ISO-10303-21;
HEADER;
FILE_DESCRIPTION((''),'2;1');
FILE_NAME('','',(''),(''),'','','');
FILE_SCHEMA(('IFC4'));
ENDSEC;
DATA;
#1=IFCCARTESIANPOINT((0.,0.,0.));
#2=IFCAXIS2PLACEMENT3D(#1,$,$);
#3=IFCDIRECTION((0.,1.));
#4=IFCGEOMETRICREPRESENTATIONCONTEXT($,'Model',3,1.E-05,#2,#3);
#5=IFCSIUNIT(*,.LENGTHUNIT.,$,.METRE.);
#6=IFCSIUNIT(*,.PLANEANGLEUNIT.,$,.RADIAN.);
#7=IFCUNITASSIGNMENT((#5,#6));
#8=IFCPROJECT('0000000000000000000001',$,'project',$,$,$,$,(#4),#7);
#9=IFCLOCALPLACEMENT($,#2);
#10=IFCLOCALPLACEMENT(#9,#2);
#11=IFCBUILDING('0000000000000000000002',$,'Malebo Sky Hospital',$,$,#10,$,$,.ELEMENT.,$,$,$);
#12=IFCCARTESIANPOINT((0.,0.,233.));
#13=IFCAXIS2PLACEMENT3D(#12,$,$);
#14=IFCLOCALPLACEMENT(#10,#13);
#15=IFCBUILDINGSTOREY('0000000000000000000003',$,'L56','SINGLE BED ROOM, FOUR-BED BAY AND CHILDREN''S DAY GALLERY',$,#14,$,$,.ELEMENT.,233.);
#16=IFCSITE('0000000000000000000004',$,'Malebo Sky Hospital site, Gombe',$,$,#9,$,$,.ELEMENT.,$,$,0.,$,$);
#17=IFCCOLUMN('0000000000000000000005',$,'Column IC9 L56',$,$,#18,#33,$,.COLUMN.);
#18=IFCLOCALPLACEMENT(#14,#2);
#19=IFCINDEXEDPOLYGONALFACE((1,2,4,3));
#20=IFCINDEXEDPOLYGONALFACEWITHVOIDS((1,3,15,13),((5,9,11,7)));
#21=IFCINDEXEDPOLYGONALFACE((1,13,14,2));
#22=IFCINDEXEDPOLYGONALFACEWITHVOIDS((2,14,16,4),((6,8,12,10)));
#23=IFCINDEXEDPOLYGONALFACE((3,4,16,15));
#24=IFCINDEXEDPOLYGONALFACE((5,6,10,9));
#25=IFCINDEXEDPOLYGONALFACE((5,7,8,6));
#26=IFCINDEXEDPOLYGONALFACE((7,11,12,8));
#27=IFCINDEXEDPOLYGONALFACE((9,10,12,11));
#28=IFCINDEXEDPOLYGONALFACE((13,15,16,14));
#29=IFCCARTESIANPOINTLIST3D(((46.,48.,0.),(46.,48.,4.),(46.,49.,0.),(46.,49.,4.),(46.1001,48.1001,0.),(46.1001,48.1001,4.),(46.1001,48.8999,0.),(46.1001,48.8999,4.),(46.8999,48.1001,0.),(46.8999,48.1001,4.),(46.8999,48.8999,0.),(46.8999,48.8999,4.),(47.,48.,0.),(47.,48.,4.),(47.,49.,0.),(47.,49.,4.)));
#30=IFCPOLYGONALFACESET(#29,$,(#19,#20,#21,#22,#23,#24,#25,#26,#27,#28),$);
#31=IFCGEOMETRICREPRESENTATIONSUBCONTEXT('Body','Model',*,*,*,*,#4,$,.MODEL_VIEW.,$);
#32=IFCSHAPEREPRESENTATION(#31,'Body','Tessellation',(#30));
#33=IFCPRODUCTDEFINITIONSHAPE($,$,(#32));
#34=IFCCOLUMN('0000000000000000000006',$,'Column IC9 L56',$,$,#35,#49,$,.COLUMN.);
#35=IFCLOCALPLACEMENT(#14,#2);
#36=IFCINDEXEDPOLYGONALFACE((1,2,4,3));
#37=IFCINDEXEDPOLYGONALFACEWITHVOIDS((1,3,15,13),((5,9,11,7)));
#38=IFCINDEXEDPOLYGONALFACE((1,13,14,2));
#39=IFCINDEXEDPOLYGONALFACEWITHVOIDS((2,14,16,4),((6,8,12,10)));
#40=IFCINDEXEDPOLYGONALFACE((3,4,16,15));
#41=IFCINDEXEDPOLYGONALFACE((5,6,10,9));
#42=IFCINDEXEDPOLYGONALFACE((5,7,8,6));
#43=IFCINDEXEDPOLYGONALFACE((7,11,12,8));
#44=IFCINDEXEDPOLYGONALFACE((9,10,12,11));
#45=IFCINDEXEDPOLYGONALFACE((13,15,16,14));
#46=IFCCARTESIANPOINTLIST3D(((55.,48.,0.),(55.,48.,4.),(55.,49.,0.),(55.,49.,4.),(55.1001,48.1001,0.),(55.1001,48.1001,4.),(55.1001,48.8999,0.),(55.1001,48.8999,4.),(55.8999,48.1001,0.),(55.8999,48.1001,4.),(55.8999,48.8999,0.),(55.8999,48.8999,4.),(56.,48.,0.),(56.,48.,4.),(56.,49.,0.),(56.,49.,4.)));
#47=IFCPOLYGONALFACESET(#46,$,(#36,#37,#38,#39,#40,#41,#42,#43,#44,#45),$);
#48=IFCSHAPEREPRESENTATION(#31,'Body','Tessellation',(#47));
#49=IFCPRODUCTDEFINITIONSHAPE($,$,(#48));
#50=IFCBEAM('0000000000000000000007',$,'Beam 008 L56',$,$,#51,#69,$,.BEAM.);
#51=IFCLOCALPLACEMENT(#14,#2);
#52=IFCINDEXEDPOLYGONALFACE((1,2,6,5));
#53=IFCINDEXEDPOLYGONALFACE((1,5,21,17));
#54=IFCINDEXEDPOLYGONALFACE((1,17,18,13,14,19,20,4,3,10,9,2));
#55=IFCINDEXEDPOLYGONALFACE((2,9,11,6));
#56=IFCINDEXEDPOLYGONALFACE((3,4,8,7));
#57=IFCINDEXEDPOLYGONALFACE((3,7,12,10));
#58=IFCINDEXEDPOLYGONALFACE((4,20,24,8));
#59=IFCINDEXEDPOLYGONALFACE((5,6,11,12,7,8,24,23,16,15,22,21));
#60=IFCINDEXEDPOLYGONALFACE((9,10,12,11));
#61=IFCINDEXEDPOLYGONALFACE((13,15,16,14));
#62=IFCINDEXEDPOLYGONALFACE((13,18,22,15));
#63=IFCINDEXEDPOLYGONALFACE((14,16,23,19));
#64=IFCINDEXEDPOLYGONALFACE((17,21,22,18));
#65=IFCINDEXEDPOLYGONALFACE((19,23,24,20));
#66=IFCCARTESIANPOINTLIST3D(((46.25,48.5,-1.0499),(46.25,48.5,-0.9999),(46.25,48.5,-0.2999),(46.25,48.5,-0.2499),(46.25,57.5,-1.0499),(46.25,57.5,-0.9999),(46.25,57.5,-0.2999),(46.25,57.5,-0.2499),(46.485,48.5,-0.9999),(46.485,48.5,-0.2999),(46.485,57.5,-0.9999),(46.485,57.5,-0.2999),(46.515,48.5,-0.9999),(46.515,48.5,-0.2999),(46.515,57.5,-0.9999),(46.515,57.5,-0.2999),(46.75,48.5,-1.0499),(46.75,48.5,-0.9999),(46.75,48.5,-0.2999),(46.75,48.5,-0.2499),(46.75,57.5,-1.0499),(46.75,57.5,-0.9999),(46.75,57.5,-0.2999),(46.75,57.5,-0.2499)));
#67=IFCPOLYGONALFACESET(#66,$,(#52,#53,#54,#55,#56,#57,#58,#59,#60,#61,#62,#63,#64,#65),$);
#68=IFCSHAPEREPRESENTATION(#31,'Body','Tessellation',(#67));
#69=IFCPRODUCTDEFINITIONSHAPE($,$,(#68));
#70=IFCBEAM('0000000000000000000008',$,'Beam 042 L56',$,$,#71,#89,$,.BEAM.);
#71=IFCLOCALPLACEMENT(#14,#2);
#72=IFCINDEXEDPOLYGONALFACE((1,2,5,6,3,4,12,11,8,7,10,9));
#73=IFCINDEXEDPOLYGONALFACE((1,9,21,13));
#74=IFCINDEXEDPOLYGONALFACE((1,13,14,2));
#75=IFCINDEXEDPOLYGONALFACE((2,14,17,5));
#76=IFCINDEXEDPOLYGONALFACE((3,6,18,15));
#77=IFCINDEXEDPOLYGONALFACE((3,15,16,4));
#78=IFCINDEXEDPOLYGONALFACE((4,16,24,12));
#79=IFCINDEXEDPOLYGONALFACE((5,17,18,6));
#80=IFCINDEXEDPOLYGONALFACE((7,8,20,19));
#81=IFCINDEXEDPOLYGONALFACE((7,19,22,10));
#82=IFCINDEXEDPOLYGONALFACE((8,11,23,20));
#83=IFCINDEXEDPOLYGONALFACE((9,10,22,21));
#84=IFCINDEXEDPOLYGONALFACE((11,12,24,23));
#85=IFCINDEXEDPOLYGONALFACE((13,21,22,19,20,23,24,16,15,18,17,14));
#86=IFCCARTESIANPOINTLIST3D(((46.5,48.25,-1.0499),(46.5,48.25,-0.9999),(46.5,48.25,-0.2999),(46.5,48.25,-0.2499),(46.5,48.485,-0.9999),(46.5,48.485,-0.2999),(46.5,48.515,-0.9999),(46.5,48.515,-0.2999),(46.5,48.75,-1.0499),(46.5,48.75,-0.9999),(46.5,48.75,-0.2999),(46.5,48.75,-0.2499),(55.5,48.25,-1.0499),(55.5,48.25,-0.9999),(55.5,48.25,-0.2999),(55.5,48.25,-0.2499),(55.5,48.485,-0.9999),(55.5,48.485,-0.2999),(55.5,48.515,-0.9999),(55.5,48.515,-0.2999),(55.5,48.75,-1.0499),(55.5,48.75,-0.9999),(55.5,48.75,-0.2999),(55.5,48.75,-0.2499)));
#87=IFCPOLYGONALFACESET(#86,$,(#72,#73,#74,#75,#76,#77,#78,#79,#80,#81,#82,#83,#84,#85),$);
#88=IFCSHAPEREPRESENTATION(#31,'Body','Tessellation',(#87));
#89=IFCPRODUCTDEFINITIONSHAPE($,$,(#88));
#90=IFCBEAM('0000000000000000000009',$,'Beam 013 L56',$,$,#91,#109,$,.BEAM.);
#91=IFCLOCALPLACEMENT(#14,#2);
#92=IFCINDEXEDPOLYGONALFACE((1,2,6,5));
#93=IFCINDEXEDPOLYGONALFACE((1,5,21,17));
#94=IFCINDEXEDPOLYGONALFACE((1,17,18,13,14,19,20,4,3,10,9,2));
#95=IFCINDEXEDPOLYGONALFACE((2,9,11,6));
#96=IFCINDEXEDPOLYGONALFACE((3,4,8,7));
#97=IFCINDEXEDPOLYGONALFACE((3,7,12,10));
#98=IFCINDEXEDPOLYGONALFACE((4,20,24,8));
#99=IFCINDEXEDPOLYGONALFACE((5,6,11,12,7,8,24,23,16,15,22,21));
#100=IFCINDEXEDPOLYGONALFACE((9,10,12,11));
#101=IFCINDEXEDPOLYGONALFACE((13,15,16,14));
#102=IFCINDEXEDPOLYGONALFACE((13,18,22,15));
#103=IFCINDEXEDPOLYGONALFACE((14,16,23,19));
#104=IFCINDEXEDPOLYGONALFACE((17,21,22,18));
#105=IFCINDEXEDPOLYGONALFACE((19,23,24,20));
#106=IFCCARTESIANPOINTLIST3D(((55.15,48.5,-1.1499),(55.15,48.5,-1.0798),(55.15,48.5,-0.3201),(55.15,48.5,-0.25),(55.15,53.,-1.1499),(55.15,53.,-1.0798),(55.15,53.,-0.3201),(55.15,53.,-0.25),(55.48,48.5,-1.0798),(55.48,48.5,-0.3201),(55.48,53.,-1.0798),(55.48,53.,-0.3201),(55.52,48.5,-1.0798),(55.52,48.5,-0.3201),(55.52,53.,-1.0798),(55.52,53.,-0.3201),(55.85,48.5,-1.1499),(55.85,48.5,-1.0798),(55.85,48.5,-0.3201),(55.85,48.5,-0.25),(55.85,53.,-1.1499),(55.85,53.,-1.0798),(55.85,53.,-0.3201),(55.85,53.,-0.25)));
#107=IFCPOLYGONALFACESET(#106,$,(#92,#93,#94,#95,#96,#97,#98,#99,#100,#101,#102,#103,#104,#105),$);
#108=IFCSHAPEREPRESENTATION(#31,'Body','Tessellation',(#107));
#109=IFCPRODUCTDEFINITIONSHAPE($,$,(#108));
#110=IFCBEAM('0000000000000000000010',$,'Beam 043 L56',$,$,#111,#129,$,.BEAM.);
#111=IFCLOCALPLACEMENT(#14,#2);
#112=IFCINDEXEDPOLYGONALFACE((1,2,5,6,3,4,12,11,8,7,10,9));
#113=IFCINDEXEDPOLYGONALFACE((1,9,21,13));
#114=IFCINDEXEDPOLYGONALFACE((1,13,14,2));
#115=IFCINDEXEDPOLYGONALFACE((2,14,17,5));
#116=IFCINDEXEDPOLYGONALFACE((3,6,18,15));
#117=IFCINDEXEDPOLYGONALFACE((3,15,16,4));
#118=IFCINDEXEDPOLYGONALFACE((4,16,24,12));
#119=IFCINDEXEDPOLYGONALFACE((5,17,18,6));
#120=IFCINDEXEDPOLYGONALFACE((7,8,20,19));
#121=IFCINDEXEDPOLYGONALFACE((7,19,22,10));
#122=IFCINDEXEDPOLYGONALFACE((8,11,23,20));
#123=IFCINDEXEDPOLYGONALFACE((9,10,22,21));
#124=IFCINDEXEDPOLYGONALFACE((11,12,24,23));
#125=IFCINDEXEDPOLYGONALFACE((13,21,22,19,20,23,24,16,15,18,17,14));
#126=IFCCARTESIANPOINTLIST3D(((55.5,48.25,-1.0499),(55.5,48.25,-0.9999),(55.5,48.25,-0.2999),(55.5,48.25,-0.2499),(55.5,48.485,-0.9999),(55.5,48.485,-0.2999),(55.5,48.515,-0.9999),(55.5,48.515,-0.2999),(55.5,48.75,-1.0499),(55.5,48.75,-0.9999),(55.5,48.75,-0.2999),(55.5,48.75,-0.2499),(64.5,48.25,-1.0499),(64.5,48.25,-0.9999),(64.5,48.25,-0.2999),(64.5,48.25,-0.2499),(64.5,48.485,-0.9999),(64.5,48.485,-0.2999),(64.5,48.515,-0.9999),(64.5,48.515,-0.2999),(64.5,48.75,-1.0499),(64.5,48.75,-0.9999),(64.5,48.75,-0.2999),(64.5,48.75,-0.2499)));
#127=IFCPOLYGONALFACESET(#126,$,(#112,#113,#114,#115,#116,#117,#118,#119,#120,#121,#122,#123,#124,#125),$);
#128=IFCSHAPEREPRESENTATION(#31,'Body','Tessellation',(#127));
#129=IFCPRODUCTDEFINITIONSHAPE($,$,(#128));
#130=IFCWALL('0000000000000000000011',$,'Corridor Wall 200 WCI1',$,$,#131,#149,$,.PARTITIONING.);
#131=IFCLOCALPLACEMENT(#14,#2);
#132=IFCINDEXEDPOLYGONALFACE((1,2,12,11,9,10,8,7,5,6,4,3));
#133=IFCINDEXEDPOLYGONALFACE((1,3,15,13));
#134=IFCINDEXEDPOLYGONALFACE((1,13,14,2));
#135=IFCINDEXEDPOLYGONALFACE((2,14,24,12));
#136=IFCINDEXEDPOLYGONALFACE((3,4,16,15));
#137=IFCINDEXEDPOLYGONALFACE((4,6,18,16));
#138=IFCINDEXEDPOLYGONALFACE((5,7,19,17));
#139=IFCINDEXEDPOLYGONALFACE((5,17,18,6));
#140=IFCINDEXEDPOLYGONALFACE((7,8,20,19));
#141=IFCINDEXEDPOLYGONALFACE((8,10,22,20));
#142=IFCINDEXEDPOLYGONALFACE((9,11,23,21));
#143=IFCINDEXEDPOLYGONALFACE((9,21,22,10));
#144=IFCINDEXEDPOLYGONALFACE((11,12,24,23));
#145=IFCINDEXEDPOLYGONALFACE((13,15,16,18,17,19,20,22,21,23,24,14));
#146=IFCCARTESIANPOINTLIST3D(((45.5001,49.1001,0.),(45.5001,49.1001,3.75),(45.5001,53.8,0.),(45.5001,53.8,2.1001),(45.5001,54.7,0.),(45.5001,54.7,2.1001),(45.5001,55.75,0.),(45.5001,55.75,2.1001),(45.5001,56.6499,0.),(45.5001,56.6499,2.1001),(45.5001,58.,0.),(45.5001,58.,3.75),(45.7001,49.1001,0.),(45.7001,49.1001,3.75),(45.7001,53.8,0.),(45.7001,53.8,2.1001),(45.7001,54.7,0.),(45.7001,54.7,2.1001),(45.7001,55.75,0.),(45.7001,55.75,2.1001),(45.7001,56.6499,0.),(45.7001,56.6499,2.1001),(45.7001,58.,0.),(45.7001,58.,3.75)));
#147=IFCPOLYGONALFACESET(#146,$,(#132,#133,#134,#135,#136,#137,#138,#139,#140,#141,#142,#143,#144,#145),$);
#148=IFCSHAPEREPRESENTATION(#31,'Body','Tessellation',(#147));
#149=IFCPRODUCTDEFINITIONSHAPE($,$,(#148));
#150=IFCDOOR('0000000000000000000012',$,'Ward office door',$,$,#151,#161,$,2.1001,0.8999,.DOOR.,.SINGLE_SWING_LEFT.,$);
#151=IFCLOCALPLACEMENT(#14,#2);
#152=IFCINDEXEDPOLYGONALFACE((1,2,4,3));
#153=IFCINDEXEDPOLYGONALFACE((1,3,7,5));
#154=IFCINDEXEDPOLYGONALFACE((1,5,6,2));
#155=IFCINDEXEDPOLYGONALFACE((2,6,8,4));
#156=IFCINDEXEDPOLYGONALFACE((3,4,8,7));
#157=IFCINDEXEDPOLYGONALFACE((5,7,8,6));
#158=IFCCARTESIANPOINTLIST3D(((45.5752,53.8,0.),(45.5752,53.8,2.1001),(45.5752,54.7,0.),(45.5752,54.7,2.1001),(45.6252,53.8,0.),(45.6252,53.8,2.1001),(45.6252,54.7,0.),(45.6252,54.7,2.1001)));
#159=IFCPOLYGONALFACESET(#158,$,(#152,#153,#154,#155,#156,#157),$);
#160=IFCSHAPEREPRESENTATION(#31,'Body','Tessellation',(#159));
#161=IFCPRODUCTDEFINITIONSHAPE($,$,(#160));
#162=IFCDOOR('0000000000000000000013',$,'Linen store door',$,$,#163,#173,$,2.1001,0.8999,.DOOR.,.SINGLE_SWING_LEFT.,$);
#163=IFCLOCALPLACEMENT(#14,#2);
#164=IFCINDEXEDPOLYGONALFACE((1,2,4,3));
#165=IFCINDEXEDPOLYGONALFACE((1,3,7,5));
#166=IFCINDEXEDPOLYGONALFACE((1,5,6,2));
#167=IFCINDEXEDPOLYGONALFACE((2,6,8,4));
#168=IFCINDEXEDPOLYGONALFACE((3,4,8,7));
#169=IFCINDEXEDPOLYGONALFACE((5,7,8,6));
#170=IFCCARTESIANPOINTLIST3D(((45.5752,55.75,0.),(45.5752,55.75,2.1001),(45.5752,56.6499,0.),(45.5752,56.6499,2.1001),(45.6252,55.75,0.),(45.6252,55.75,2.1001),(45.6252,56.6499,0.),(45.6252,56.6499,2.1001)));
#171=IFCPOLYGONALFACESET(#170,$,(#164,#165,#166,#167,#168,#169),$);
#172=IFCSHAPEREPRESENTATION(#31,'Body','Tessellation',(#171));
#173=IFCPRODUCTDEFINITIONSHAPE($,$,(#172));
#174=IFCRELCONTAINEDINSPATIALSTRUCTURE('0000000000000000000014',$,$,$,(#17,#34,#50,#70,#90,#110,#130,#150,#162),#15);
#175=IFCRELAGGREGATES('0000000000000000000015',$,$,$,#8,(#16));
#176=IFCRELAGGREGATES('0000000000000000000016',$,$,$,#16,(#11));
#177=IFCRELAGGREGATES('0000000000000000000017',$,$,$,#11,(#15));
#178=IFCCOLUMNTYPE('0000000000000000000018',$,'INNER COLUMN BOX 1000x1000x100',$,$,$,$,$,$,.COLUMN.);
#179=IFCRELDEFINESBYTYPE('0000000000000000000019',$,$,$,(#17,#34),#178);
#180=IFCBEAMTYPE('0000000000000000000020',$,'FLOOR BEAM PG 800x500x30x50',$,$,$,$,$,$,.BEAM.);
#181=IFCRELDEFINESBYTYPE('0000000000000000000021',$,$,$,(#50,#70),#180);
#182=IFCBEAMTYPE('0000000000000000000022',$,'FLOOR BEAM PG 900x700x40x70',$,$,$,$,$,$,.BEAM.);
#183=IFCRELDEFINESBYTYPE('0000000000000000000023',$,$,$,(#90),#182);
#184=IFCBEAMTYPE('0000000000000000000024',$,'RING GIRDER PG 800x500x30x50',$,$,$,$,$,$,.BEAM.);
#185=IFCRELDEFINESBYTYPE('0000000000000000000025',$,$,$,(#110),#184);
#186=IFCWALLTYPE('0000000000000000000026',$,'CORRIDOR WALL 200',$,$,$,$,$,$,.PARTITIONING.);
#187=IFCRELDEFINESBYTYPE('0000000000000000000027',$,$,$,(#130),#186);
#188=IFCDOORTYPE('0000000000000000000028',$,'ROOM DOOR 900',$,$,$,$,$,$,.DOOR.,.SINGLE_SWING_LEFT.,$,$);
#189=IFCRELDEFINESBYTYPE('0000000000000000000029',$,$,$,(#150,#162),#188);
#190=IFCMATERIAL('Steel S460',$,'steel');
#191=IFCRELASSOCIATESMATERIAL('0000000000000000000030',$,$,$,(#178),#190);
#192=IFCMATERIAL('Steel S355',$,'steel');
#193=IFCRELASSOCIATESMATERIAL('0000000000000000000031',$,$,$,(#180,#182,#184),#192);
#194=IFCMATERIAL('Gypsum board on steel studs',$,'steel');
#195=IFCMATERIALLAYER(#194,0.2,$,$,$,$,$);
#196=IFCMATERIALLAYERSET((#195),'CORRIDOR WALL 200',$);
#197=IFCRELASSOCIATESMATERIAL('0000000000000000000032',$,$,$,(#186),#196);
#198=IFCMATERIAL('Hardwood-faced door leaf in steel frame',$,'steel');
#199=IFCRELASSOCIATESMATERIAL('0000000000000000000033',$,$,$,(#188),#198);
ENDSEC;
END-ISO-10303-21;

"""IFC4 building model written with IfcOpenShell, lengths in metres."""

from ifc_helpers import new_model, si_unit, direction, frame, frame_2d, origin, origin_2d, place, context, subcontext, project, spatial, rectangle, hollow_rectangle, i_section, extrude, material, layer, layer_set, material_profile, profile_set, type_object, element, fill, save


model = new_model("IFC4")

# Units and contexts
model_context = context("Model", 3, precision=1e-05, world=origin(), true_north=direction((0.0, 1.0)))
body_context = subcontext(model_context, "Body", "Model", "MODEL_VIEW")
ifc_project = project(units=[si_unit("LENGTHUNIT", "METRE"), si_unit("PLANEANGLEUNIT", "RADIAN")], contexts=[model_context])

# Site, building, storey
site_placement = place(None, origin())
site = spatial("IfcSite", under=ifc_project, at=site_placement, Name="Malebo Sky Hospital site, Gombe", CompositionType="ELEMENT", RefElevation=0.0)
building_placement = place(site_placement, origin())
building = spatial("IfcBuilding", under=site, at=building_placement, Name="Malebo Sky Hospital", CompositionType="ELEMENT")
storey_placement = place(building_placement, frame((0.0, 0.0, 233.0)))
storey = spatial("IfcBuildingStorey", under=building, at=storey_placement, Name="L56", Description="SINGLE BED ROOM, FOUR-BED BAY AND CHILDREN'S DAY GALLERY", CompositionType="ELEMENT", Elevation=233.0)

# Columns
ifc_material_1 = material(Name="Steel S460", Category="steel")
ifc_material_profile_1 = material_profile(ifc_material_1, hollow_rectangle(XDim=1.0, YDim=1.0, WallThickness=0.1001, at=origin_2d()), Name="BOX 1000x1000x100")
ifc_profile_set_1 = profile_set([ifc_material_profile_1], Name="Steel S460")
column_type = type_object("IfcColumnType", Name="INNER COLUMN BOX 1000x1000x100", PredefinedType="COLUMN", material=ifc_profile_set_1)
for number, where, z_axis, x_axis, name in (
    (1, (46.5, 48.5, 0.0), (0.0, 0.0, 1.0), (1.0, 0.0, 0.0), "Column IC9 L56"),
    (2, (55.5, 48.5, 0.0), (0.0, 0.0, 1.0), (1.0, 0.0, 0.0), "Column IC9 L56"),
):
    element("IfcColumn", number, at=place(storey_placement, frame(where, z_axis=z_axis, x_axis=x_axis)), inside=storey, type_object=column_type, Name=name, PredefinedType="COLUMN", context=body_context, shape_type="SweptSolid", body=[
        extrude(hollow_rectangle(XDim=1.0, YDim=1.0, WallThickness=0.1001, at=origin_2d()), origin(), (0.0, 0.0, 1.0), 4.0),
    ])

# Beams
ifc_material_2 = material(Name="Steel S355", Category="steel")
ifc_material_profile_2 = material_profile(ifc_material_2, i_section(OverallWidth=0.5, OverallDepth=0.8, WebThickness=0.03, FlangeThickness=0.05, at=origin_2d()), Name="PG 800x500x30x50")
ifc_profile_set_2 = profile_set([ifc_material_profile_2], Name="Steel S355")
beam_type_1 = type_object("IfcBeamType", Name="FLOOR BEAM PG 800x500x30x50", PredefinedType="BEAM", material=ifc_profile_set_2)
for number, where, z_axis, x_axis, name in (
    (3, (46.5, 48.5, -0.6499), (0.0, 1.0, 0.0), (-1.0, 0.0, 0.0), "Beam 008 L56"),
    (4, (46.5, 48.5, -0.6499), (1.0, 0.0, 0.0), (0.0, 1.0, 0.0), "Beam 042 L56"),
):
    element("IfcBeam", number, at=place(storey_placement, frame(where, z_axis=z_axis, x_axis=x_axis)), inside=storey, type_object=beam_type_1, Name=name, PredefinedType="BEAM", context=body_context, shape_type="SweptSolid", body=[
        extrude(i_section(OverallWidth=0.5, OverallDepth=0.8, WebThickness=0.03, FlangeThickness=0.05, at=origin_2d()), origin(), (0.0, 0.0, 1.0), 9.0),
    ])
ifc_material_profile_3 = material_profile(ifc_material_2, i_section(OverallWidth=0.7, OverallDepth=0.8999, WebThickness=0.04, FlangeThickness=0.0701, at=origin_2d()), Name="PG 900x700x40x70")
ifc_profile_set_3 = profile_set([ifc_material_profile_3], Name="Steel S355")
beam_type_2 = type_object("IfcBeamType", Name="FLOOR BEAM PG 900x700x40x70", PredefinedType="BEAM", material=ifc_profile_set_3)
beam_1_placement = place(storey_placement, frame((55.5, 48.5, -0.7), z_axis=(0.0, 1.0, 0.0), x_axis=(-1.0, 0.0, 0.0)))
element("IfcBeam", 5, at=beam_1_placement, inside=storey, type_object=beam_type_2, Name="Beam 013 L56", PredefinedType="BEAM", context=body_context, shape_type="SweptSolid", body=[
    extrude(i_section(OverallWidth=0.7, OverallDepth=0.8999, WebThickness=0.04, FlangeThickness=0.0701, at=origin_2d()), origin(), (0.0, 0.0, 1.0), 4.5),
])
ifc_material_profile_4 = material_profile(ifc_material_2, i_section(OverallWidth=0.5, OverallDepth=0.8, WebThickness=0.03, FlangeThickness=0.05, at=origin_2d()), Name="PG 800x500x30x50")
ifc_profile_set_4 = profile_set([ifc_material_profile_4], Name="Steel S355")
beam_type_3 = type_object("IfcBeamType", Name="RING GIRDER PG 800x500x30x50", PredefinedType="BEAM", material=ifc_profile_set_4)
beam_2_placement = place(storey_placement, frame((55.5, 48.5, -0.6499), z_axis=(1.0, 0.0, 0.0), x_axis=(0.0, 1.0, 0.0)))
element("IfcBeam", 6, at=beam_2_placement, inside=storey, type_object=beam_type_3, Name="Beam 043 L56", PredefinedType="BEAM", context=body_context, shape_type="SweptSolid", body=[
    extrude(i_section(OverallWidth=0.5, OverallDepth=0.8, WebThickness=0.03, FlangeThickness=0.05, at=origin_2d()), origin(), (0.0, 0.0, 1.0), 9.0),
])

# Wall, openings, doors
ifc_material_3 = material(Name="Gypsum board on steel studs", Category="steel")
ifc_layer_1 = layer(ifc_material_3, 0.2)
ifc_layer_set_1 = layer_set([ifc_layer_1], Name="CORRIDOR WALL 200")
wall_type_1 = type_object("IfcWallType", Name="CORRIDOR WALL 200", PredefinedType="PARTITIONING", material=ifc_layer_set_1)
wall_1_placement = place(storey_placement, frame((45.6001, 49.1001, 0.0), z_axis=(0.0, 0.0, 1.0), x_axis=(0.0, 1.0, 0.0)))
wall_1 = element("IfcWall", 7, at=wall_1_placement, inside=storey, type_object=wall_type_1, Name="Corridor Wall 200 WCI1", PredefinedType="PARTITIONING", context=body_context, shape_type="SweptSolid", body=[
    extrude(rectangle(XDim=8.8999, YDim=0.2, at=frame_2d((4.45, 0.0))), origin(), (0.0, 0.0, 1.0), 3.75),
])
opening_1_placement = place(wall_1_placement, frame((4.7, 0.0, 0.0)))
opening_1 = element("IfcOpeningElement", 8, at=opening_1_placement, cuts=wall_1, PredefinedType="OPENING", context=body_context, shape_type="SweptSolid", body=[
    extrude(rectangle(XDim=0.8999, YDim=2.1001, at=frame_2d((0.45, 1.05))), frame((0.0, 0.1099, 0.0), z_axis=(0.0, -1.0, 0.0), x_axis=(1.0, 0.0, 0.0)), (0.0, 0.0, 1.0), 0.22),
])
opening_2_placement = place(wall_1_placement, frame((6.6499, 0.0, 0.0)))
opening_2 = element("IfcOpeningElement", 9, at=opening_2_placement, cuts=wall_1, PredefinedType="OPENING", context=body_context, shape_type="SweptSolid", body=[
    extrude(rectangle(XDim=0.8999, YDim=2.1001, at=frame_2d((0.45, 1.05))), frame((0.0, 0.1099, 0.0), z_axis=(0.0, -1.0, 0.0), x_axis=(1.0, 0.0, 0.0)), (0.0, 0.0, 1.0), 0.22),
])
ifc_material_4 = material(Name="Hardwood-faced door leaf in steel frame", Category="steel")
door_type_1 = type_object("IfcDoorType", Name="ROOM DOOR 900", OperationType="SINGLE_SWING_LEFT", PredefinedType="DOOR", material=ifc_material_4)
door_1_placement = place(opening_1_placement, origin())
door_1 = element("IfcDoor", 10, at=door_1_placement, inside=storey, type_object=door_type_1, Name="Ward office door", OperationType="SINGLE_SWING_LEFT", OverallHeight=2.1001, OverallWidth=0.8999, PredefinedType="DOOR", context=body_context, shape_type="SweptSolid", body=[
    extrude(rectangle(XDim=0.8999, YDim=2.1001, at=frame_2d((0.45, 1.05))), frame((0.0, 0.0249, 0.0), z_axis=(0.0, -1.0, 0.0), x_axis=(1.0, 0.0, 0.0)), (0.0, 0.0, 1.0), 0.05),
])
fill(opening_1, door_1)
door_2_placement = place(opening_2_placement, origin())
door_2 = element("IfcDoor", 11, at=door_2_placement, inside=storey, type_object=door_type_1, Name="Linen store door", OperationType="SINGLE_SWING_LEFT", OverallHeight=2.1001, OverallWidth=0.8999, PredefinedType="DOOR", context=body_context, shape_type="SweptSolid", body=[
    extrude(rectangle(XDim=0.8999, YDim=2.1001, at=frame_2d((0.45, 1.05))), frame((0.0, 0.0249, 0.0), z_axis=(0.0, -1.0, 0.0), x_axis=(1.0, 0.0, 0.0)), (0.0, 0.0, 1.0), 0.05),
])
fill(opening_2, door_2)

save(model, "model.ifc")
